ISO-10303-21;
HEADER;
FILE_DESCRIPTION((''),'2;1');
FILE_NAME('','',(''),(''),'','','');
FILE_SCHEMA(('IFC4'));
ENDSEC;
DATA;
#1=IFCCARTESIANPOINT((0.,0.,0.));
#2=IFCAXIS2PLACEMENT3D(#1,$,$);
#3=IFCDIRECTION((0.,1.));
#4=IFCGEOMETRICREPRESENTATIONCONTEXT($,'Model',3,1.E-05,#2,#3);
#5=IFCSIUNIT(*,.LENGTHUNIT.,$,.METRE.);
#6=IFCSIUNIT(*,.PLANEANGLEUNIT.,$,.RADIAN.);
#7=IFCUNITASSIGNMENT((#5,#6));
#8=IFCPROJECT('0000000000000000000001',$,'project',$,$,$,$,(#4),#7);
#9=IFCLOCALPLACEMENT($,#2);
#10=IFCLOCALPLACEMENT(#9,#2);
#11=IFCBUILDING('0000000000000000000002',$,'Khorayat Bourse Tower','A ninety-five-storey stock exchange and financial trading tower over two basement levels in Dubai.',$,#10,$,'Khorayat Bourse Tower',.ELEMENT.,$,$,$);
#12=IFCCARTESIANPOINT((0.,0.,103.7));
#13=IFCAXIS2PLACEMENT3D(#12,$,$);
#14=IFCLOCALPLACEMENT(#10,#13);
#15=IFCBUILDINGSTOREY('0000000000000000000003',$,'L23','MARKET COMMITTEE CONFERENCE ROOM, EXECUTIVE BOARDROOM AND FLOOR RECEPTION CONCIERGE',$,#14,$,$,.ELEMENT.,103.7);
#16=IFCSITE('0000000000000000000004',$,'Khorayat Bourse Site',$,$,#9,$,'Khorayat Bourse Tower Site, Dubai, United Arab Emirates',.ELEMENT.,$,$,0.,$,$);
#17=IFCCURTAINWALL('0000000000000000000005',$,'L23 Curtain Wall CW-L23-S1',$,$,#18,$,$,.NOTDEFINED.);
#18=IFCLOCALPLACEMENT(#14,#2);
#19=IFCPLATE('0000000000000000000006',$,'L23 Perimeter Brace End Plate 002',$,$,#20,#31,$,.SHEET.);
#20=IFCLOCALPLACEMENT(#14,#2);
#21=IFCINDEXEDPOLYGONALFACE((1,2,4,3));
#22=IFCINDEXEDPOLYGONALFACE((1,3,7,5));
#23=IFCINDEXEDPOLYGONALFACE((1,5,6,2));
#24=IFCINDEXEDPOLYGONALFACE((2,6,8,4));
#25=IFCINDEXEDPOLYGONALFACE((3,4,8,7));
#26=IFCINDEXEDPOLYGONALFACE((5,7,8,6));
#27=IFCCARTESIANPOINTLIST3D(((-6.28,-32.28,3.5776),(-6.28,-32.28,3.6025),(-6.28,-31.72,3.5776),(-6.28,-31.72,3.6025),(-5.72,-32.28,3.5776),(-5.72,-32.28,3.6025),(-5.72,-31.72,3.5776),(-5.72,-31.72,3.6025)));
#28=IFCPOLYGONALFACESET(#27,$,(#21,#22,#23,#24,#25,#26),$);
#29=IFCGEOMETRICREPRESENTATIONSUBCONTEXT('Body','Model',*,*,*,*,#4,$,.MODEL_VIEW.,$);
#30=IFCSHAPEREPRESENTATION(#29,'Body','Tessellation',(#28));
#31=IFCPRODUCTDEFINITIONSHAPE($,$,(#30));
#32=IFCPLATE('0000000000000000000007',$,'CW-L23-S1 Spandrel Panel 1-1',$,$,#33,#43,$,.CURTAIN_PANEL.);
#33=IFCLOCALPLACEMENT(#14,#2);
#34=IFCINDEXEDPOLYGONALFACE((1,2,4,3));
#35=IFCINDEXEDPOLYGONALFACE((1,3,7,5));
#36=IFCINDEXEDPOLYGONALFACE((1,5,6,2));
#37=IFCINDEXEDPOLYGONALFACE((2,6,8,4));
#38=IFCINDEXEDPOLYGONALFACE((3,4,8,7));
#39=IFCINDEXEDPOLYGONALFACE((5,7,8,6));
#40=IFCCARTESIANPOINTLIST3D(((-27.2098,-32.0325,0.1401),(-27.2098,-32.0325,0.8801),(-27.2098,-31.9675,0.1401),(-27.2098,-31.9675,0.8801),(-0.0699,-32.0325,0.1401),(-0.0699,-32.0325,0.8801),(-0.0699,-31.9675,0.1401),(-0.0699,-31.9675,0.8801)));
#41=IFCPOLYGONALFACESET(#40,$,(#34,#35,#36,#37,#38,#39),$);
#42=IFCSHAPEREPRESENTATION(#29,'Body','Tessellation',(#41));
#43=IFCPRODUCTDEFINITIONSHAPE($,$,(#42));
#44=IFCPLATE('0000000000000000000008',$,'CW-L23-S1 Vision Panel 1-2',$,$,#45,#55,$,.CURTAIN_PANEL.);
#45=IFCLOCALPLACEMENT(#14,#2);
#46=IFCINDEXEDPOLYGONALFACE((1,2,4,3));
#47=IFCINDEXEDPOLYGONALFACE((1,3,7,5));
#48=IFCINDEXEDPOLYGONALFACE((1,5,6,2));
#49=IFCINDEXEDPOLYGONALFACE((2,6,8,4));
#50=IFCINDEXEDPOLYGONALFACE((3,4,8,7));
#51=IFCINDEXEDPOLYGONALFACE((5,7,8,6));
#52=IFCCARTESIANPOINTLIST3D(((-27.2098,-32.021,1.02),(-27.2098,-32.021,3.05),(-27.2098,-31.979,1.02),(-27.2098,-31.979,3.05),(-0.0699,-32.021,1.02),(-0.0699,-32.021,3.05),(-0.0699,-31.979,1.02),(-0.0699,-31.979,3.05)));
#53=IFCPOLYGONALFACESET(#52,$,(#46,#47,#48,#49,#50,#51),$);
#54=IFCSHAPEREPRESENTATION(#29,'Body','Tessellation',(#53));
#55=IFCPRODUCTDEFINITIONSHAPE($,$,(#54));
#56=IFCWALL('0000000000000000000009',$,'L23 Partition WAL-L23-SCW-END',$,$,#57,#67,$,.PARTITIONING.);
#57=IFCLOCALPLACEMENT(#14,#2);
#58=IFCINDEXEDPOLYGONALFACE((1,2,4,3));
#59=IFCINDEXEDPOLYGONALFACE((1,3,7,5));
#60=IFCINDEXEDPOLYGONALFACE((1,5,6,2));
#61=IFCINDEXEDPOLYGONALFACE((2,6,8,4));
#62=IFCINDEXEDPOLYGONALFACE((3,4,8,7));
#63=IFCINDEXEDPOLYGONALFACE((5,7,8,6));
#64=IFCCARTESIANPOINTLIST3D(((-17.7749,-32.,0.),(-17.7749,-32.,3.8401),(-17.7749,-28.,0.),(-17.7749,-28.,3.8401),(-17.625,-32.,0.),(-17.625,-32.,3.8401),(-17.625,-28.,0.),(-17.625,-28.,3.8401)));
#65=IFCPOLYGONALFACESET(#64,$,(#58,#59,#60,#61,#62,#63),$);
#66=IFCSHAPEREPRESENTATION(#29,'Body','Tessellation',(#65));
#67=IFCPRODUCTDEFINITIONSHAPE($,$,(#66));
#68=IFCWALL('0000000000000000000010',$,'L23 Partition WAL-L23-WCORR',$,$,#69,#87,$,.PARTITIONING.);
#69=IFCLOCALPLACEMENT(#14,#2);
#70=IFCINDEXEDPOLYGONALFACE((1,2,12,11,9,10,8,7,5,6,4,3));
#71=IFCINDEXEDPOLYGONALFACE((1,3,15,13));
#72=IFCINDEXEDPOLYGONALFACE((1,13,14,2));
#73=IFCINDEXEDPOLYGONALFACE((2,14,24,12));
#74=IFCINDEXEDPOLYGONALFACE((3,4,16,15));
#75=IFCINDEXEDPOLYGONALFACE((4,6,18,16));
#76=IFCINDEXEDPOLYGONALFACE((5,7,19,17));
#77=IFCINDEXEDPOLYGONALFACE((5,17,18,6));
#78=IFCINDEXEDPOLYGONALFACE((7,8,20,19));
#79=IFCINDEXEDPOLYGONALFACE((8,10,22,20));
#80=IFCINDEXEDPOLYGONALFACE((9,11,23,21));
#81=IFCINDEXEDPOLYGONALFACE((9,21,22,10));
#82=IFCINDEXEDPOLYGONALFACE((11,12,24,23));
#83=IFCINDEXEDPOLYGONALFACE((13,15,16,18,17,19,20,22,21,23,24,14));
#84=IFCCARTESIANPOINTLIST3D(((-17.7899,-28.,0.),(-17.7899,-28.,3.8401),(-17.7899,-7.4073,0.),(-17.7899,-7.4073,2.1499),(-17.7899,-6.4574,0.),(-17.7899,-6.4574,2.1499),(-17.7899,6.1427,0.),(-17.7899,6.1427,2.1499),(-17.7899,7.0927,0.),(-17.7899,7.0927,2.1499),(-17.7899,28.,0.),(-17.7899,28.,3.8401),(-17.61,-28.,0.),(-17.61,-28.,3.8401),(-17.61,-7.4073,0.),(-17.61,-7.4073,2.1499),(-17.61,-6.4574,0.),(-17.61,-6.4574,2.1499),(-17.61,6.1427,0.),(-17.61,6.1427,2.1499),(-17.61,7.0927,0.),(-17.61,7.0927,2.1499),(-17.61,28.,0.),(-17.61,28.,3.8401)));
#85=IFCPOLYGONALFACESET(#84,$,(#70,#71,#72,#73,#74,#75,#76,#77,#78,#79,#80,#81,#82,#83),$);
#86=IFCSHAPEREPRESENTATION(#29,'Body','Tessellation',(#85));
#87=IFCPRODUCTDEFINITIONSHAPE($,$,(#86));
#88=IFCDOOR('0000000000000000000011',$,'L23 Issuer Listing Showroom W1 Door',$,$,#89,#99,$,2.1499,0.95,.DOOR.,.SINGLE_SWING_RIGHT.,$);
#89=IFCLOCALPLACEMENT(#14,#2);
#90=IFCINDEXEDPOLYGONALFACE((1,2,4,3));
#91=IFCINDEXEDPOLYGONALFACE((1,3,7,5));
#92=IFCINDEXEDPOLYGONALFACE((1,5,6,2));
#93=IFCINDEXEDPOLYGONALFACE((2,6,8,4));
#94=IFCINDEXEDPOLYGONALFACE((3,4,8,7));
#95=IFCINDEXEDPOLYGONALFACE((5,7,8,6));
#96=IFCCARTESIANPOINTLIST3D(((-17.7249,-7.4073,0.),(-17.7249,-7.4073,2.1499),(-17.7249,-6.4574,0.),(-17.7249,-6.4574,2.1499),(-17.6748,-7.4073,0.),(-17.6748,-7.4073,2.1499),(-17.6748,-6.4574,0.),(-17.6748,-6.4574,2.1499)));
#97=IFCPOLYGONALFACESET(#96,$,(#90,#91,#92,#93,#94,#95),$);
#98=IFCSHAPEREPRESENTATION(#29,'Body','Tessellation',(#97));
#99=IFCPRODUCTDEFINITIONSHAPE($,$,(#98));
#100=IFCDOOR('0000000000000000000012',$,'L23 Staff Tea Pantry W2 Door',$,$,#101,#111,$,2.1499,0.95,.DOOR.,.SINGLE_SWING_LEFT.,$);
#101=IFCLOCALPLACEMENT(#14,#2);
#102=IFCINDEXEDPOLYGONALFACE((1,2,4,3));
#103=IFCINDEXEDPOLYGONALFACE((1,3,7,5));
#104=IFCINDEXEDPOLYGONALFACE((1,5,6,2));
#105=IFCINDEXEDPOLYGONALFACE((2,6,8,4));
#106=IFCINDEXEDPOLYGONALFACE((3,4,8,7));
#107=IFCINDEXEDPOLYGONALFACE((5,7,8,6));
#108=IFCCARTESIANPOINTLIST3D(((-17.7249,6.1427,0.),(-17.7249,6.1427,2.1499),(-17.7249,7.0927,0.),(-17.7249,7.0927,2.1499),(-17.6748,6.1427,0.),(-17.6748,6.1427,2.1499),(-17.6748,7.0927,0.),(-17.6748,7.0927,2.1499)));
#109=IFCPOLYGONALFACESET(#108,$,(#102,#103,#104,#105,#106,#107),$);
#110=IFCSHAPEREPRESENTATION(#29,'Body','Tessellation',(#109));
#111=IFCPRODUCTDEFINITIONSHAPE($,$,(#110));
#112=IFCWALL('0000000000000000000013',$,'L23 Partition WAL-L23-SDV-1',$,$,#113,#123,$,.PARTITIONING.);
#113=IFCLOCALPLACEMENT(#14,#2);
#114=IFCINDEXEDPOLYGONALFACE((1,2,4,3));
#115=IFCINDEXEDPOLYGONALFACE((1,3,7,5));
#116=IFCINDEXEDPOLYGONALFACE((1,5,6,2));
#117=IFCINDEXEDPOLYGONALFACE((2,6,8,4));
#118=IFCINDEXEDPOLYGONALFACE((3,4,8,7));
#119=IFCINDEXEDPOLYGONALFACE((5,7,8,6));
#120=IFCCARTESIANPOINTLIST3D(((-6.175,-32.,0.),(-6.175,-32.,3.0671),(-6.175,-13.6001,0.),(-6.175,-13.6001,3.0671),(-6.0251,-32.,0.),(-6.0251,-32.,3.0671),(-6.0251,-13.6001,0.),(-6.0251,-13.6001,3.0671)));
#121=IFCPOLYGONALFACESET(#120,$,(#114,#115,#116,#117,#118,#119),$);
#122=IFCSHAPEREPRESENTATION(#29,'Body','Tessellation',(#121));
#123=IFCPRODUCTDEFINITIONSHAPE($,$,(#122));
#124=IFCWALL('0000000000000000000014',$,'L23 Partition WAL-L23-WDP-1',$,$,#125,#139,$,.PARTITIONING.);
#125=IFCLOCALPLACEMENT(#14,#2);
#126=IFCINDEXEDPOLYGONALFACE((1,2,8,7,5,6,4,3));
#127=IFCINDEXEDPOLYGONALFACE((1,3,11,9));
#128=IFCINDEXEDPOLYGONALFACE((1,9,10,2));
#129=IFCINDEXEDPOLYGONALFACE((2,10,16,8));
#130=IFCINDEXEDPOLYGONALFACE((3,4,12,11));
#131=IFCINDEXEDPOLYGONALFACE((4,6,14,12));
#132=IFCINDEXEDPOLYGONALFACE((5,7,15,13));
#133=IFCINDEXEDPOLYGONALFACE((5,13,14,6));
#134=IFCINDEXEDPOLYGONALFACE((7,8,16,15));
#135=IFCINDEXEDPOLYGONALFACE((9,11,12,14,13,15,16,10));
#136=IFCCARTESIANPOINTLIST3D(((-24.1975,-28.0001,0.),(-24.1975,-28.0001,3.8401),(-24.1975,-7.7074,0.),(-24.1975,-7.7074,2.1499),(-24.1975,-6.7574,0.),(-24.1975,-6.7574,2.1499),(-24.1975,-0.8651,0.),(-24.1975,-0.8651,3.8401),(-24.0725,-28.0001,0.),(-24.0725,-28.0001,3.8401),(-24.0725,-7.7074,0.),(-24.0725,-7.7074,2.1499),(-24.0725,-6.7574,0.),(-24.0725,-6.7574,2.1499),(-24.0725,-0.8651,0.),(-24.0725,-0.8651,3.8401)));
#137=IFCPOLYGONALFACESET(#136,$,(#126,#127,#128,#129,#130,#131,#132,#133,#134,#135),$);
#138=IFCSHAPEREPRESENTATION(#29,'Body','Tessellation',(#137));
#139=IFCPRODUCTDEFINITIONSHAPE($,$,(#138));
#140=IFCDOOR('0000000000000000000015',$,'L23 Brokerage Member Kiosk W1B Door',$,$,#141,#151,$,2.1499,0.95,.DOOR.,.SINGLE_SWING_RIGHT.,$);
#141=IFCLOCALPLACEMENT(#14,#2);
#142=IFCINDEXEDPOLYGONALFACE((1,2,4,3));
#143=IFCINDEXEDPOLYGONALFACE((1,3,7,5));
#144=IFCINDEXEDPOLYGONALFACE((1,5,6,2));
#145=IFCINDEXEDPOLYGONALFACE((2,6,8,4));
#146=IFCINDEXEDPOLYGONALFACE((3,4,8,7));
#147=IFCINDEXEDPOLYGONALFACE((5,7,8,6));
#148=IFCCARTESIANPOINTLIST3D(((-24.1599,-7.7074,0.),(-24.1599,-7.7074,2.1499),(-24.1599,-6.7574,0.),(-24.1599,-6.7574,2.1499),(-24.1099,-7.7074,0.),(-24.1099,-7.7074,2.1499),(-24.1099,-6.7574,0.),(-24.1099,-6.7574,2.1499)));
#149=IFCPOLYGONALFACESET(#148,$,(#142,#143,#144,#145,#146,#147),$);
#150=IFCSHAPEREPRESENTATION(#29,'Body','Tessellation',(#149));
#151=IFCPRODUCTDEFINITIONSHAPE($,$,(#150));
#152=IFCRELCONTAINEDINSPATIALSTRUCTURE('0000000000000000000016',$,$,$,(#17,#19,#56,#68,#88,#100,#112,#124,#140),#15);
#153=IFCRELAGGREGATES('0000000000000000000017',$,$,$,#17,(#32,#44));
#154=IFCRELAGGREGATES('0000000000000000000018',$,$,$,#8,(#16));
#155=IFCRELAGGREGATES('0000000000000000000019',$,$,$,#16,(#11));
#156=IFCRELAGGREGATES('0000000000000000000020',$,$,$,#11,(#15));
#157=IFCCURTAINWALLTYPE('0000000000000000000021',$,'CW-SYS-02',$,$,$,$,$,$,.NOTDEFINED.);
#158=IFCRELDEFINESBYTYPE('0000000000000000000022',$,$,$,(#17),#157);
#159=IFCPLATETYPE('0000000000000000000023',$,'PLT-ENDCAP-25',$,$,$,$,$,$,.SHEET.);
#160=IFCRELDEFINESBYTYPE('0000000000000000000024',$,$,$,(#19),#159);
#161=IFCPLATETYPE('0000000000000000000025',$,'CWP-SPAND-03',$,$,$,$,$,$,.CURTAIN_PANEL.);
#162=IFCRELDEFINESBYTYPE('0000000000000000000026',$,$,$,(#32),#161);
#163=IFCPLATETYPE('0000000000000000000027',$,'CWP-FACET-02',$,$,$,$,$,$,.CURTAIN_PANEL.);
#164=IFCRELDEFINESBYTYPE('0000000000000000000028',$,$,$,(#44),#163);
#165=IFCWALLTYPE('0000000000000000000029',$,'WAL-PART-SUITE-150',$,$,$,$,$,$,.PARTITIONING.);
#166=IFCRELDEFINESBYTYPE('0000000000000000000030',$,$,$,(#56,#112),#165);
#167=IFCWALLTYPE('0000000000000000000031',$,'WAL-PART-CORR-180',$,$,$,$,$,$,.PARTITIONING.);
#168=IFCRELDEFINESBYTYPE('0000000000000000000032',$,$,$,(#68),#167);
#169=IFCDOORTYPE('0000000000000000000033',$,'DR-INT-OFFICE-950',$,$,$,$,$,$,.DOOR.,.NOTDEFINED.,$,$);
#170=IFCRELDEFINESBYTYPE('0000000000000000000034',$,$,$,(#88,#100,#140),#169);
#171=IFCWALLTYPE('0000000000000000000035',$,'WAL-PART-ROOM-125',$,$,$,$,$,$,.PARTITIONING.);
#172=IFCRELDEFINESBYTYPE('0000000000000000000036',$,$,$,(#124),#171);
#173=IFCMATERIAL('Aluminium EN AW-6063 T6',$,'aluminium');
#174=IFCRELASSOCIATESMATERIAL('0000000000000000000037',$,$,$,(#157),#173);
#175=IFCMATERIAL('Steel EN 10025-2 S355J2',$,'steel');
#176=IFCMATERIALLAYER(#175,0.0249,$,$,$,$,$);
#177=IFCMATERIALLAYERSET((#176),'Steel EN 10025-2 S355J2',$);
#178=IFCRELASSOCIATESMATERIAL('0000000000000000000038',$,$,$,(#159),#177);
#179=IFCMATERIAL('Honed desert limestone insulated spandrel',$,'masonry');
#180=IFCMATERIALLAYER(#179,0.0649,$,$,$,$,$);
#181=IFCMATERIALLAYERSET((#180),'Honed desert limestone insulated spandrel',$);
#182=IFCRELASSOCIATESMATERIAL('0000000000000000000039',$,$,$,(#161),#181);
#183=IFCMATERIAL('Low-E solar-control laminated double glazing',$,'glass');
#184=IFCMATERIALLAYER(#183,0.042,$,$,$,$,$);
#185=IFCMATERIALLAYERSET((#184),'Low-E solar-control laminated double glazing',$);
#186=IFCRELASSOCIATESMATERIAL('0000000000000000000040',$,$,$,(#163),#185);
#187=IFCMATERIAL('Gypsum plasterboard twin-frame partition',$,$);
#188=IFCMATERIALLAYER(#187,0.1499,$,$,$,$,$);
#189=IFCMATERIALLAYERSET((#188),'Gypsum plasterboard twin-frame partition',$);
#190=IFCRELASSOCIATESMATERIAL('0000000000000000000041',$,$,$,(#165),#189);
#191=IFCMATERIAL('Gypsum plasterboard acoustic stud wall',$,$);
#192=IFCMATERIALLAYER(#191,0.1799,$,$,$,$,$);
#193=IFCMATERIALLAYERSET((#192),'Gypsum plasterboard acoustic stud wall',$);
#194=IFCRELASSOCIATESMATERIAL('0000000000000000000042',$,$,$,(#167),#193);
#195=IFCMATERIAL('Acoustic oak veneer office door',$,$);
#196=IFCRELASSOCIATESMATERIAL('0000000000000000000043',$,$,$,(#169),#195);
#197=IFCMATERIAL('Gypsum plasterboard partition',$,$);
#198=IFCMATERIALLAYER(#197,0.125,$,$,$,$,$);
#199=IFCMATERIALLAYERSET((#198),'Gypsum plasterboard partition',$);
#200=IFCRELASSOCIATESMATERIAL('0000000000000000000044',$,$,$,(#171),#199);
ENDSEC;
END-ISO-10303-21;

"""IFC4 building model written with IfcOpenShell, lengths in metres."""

from ifc_helpers import new_model, si_unit, direction, frame, frame_2d, origin, origin_2d, place, context, subcontext, project, spatial, rectangle, extrude, source, transform, mapped, material, layer, layer_set, type_object, element, fill, aggregate, save


model = new_model("IFC4")

# Units and contexts
model_context = context("Model", 3, precision=1e-05, world=origin(), true_north=direction((0.0, 1.0)))
body_context = subcontext(model_context, "Body", "Model", "MODEL_VIEW")
ifc_project = project(units=[si_unit("LENGTHUNIT", "METRE"), si_unit("PLANEANGLEUNIT", "RADIAN")], contexts=[model_context])

# Site, building, storey
site_placement = place(None, origin())
site = spatial("IfcSite", under=ifc_project, at=site_placement, Name="Khorayat Bourse Site", LongName="Khorayat Bourse Tower Site, Dubai, United Arab Emirates", CompositionType="ELEMENT", RefElevation=0.0)
building_placement = place(site_placement, origin())
building = spatial("IfcBuilding", under=site, at=building_placement, Name="Khorayat Bourse Tower", Description="A ninety-five-storey stock exchange and financial trading tower over two basement levels in Dubai.", LongName="Khorayat Bourse Tower", CompositionType="ELEMENT")
storey_placement = place(building_placement, frame((0.0, 0.0, 103.7)))
storey = spatial("IfcBuildingStorey", under=building, at=storey_placement, Name="L23", Description="MARKET COMMITTEE CONFERENCE ROOM, EXECUTIVE BOARDROOM AND FLOOR RECEPTION CONCIERGE", CompositionType="ELEMENT", Elevation=103.7)

# Curtain wall
ifc_material_1 = material(Name="Aluminium EN AW-6063 T6", Category="aluminium")
curtain_wall_type = type_object("IfcCurtainWallType", Name="CW-SYS-02", PredefinedType="NOTDEFINED", material=ifc_material_1)
curtain_wall_placement = place(storey_placement, origin())
curtain_wall = element("IfcCurtainWall", 1, at=curtain_wall_placement, inside=storey, type_object=curtain_wall_type, Name="L23 Curtain Wall CW-L23-S1", PredefinedType="NOTDEFINED")

# Plate
ifc_material_2 = material(Name="Steel EN 10025-2 S355J2", Category="steel")
ifc_layer_1 = layer(ifc_material_2, 0.0249)
ifc_layer_set_1 = layer_set([ifc_layer_1], Name="Steel EN 10025-2 S355J2")
plate_type_1 = type_object("IfcPlateType", Name="PLT-ENDCAP-25", PredefinedType="SHEET", material=ifc_layer_set_1)
shared_shape_1 = source(origin(), body_context, "Body", "SweptSolid", [
    extrude(rectangle(XDim=0.5601, YDim=0.5601, at=origin_2d()), origin(), (0.0, 0.0, 1.0), 0.0249),
])
for number, where, z_axis, x_axis, name in (
    (2, (-6.0, -32.0, 3.5776), (0.0, 0.0, 1.0), (1.0, 0.0, 0.0), "L23 Perimeter Brace End Plate 002"),
):
    element("IfcPlate", number, at=place(storey_placement, frame(where, z_axis=z_axis, x_axis=x_axis)), inside=storey, type_object=plate_type_1, Name=name, PredefinedType="SHEET", context=body_context, shape_type="MappedRepresentation", body=[
        mapped(shared_shape_1, transform((0.0, 0.0, 0.0), scale=1.0)),
    ])

# Plates
ifc_material_3 = material(Name="Honed desert limestone insulated spandrel", Category="masonry")
ifc_layer_2 = layer(ifc_material_3, 0.0649)
ifc_layer_set_2 = layer_set([ifc_layer_2], Name="Honed desert limestone insulated spandrel")
plate_type_2 = type_object("IfcPlateType", Name="CWP-SPAND-03", PredefinedType="CURTAIN_PANEL", material=ifc_layer_set_2)
shared_shape_2 = source(origin(), body_context, "Body", "SweptSolid", [
    extrude(rectangle(XDim=27.1399, YDim=0.0649, at=origin_2d()), origin(), (0.0, 0.0, 1.0), 0.74),
])
plate_1_placement = place(storey_placement, frame((-13.6399, -32.0, 0.1401), z_axis=(0.0, 0.0, 1.0), x_axis=(1.0, 0.0, 0.0)))
plate_1 = element("IfcPlate", 3, at=plate_1_placement, type_object=plate_type_2, Name="CW-L23-S1 Spandrel Panel 1-1", PredefinedType="CURTAIN_PANEL", context=body_context, shape_type="MappedRepresentation", body=[
    mapped(shared_shape_2, transform((0.0, 0.0, 0.0), scale=1.0)),
])
ifc_material_4 = material(Name="Low-E solar-control laminated double glazing", Category="glass")
ifc_layer_3 = layer(ifc_material_4, 0.042)
ifc_layer_set_3 = layer_set([ifc_layer_3], Name="Low-E solar-control laminated double glazing")
plate_type_3 = type_object("IfcPlateType", Name="CWP-FACET-02", PredefinedType="CURTAIN_PANEL", material=ifc_layer_set_3)
shared_shape_3 = source(origin(), body_context, "Body", "SweptSolid", [
    extrude(rectangle(XDim=27.1399, YDim=0.042, at=origin_2d()), origin(), (0.0, 0.0, 1.0), 2.03),
])
plate_2_placement = place(storey_placement, frame((-13.6399, -32.0, 1.02), z_axis=(0.0, 0.0, 1.0), x_axis=(1.0, 0.0, 0.0)))
plate_2 = element("IfcPlate", 4, at=plate_2_placement, type_object=plate_type_3, Name="CW-L23-S1 Vision Panel 1-2", PredefinedType="CURTAIN_PANEL", context=body_context, shape_type="MappedRepresentation", body=[
    mapped(shared_shape_3, transform((0.0, 0.0, 0.0), scale=1.0)),
])
aggregate(curtain_wall, [plate_1, plate_2])

# Wall
ifc_material_5 = material(Name="Gypsum plasterboard twin-frame partition")
ifc_layer_4 = layer(ifc_material_5, 0.1499)
ifc_layer_set_4 = layer_set([ifc_layer_4], Name="Gypsum plasterboard twin-frame partition")
wall_type_1 = type_object("IfcWallType", Name="WAL-PART-SUITE-150", PredefinedType="PARTITIONING", material=ifc_layer_set_4)
shared_shape_4 = source(origin(), body_context, "Body", "SweptSolid", [
    extrude(rectangle(XDim=4.0, YDim=0.1499, at=frame_2d((2.0, 0.0))), origin(), (0.0, 0.0, 1.0), 3.8401),
])
wall_1_placement = place(storey_placement, frame((-17.7, -32.0, 0.0), z_axis=(0.0, 0.0, 1.0), x_axis=(0.0, 1.0, 0.0)))
element("IfcWall", 5, at=wall_1_placement, inside=storey, type_object=wall_type_1, Name="L23 Partition WAL-L23-SCW-END", PredefinedType="PARTITIONING", context=body_context, shape_type="MappedRepresentation", body=[
    mapped(shared_shape_4, transform((0.0, 0.0, 0.0), scale=1.0)),
])

# Wall, openings, doors
ifc_material_6 = material(Name="Gypsum plasterboard acoustic stud wall")
ifc_layer_5 = layer(ifc_material_6, 0.1799)
ifc_layer_set_5 = layer_set([ifc_layer_5], Name="Gypsum plasterboard acoustic stud wall")
wall_type_2 = type_object("IfcWallType", Name="WAL-PART-CORR-180", PredefinedType="PARTITIONING", material=ifc_layer_set_5)
shared_shape_5 = source(origin(), body_context, "Body", "SweptSolid", [
    extrude(rectangle(XDim=56.0, YDim=0.1799, at=frame_2d((28.0, 0.0))), origin(), (0.0, 0.0, 1.0), 3.8401),
])
wall_2_placement = place(storey_placement, frame((-17.7, -28.0, 0.0), z_axis=(0.0, 0.0, 1.0), x_axis=(0.0, 1.0, 0.0)))
wall_2 = element("IfcWall", 6, at=wall_2_placement, inside=storey, type_object=wall_type_2, Name="L23 Partition WAL-L23-WCORR", PredefinedType="PARTITIONING", context=body_context, shape_type="MappedRepresentation", body=[
    mapped(shared_shape_5, transform((0.0, 0.0, 0.0), scale=1.0)),
])
shared_shape_6 = source(origin(), body_context, "Body", "SweptSolid", [
    extrude(rectangle(XDim=0.95, YDim=2.1499, at=frame_2d((0.4751, 1.075))), frame((0.0, 0.0999, 0.0), z_axis=(0.0, -1.0, 0.0), x_axis=(1.0, 0.0, 0.0)), (0.0, 0.0, 1.0), 0.2),
])
opening_1_placement = place(wall_2_placement, frame((20.5925, 0.0, 0.0)))
opening_1 = element("IfcOpeningElement", 7, at=opening_1_placement, cuts=wall_2, PredefinedType="OPENING", context=body_context, shape_type="MappedRepresentation", body=[
    mapped(shared_shape_6, transform((0.0, 0.0, 0.0), scale=1.0)),
])
opening_2_placement = place(wall_2_placement, frame((34.1426, 0.0, 0.0)))
opening_2 = element("IfcOpeningElement", 8, at=opening_2_placement, cuts=wall_2, PredefinedType="OPENING", context=body_context, shape_type="MappedRepresentation", body=[
    mapped(shared_shape_6, transform((0.0, 0.0, 0.0), scale=1.0)),
])
ifc_material_7 = material(Name="Acoustic oak veneer office door")
door_type = type_object("IfcDoorType", Name="DR-INT-OFFICE-950", OperationType="NOTDEFINED", PredefinedType="DOOR", material=ifc_material_7)
shared_shape_7 = source(origin(), body_context, "Body", "SweptSolid", [
    extrude(rectangle(XDim=0.95, YDim=2.1499, at=frame_2d((0.4751, 1.075))), frame((0.0, 0.0249, 0.0), z_axis=(0.0, -1.0, 0.0), x_axis=(1.0, 0.0, 0.0)), (0.0, 0.0, 1.0), 0.05),
])
door_1_placement = place(opening_1_placement, origin())
door_1 = element("IfcDoor", 9, at=door_1_placement, inside=storey, type_object=door_type, Name="L23 Issuer Listing Showroom W1 Door", OperationType="SINGLE_SWING_RIGHT", OverallHeight=2.1499, OverallWidth=0.95, PredefinedType="DOOR", context=body_context, shape_type="MappedRepresentation", body=[
    mapped(shared_shape_7, transform((0.0, 0.0, 0.0), scale=1.0)),
])
fill(opening_1, door_1)
door_2_placement = place(opening_2_placement, origin())
door_2 = element("IfcDoor", 10, at=door_2_placement, inside=storey, type_object=door_type, Name="L23 Staff Tea Pantry W2 Door", OperationType="SINGLE_SWING_LEFT", OverallHeight=2.1499, OverallWidth=0.95, PredefinedType="DOOR", context=body_context, shape_type="MappedRepresentation", body=[
    mapped(shared_shape_7, transform((0.0, 0.0, 0.0), scale=1.0)),
])
fill(opening_2, door_2)

# Wall
shared_shape_8 = source(origin(), body_context, "Body", "SweptSolid", [
    extrude(rectangle(XDim=18.3999, YDim=0.1499, at=frame_2d((9.2, 0.0))), origin(), (0.0, 0.0, 1.0), 3.0671),
])
wall_3_placement = place(storey_placement, frame((-6.1001, -32.0, 0.0), z_axis=(0.0, 0.0, 1.0), x_axis=(0.0, 1.0, 0.0)))
element("IfcWall", 11, at=wall_3_placement, inside=storey, type_object=wall_type_1, Name="L23 Partition WAL-L23-SDV-1", PredefinedType="PARTITIONING", context=body_context, shape_type="MappedRepresentation", body=[
    mapped(shared_shape_8, transform((0.0, 0.0, 0.0), scale=1.0)),
])

# Wall, opening, door
ifc_material_8 = material(Name="Gypsum plasterboard partition")
ifc_layer_6 = layer(ifc_material_8, 0.125)
ifc_layer_set_6 = layer_set([ifc_layer_6], Name="Gypsum plasterboard partition")
wall_type_3 = type_object("IfcWallType", Name="WAL-PART-ROOM-125", PredefinedType="PARTITIONING", material=ifc_layer_set_6)
shared_shape_9 = source(origin(), body_context, "Body", "SweptSolid", [
    extrude(rectangle(XDim=27.135, YDim=0.125, at=frame_2d((13.5674, 0.0))), origin(), (0.0, 0.0, 1.0), 3.8401),
])
wall_4_placement = place(storey_placement, frame((-24.135, -28.0, 0.0), z_axis=(0.0, 0.0, 1.0), x_axis=(0.0, 1.0, 0.0)))
wall_4 = element("IfcWall", 12, at=wall_4_placement, inside=storey, type_object=wall_type_3, Name="L23 Partition WAL-L23-WDP-1", PredefinedType="PARTITIONING", context=body_context, shape_type="MappedRepresentation", body=[
    mapped(shared_shape_9, transform((0.0, 0.0, 0.0), scale=1.0)),
])
shared_shape_10 = source(origin(), body_context, "Body", "SweptSolid", [
    extrude(rectangle(XDim=0.95, YDim=2.1499, at=frame_2d((0.4751, 1.075))), frame((0.0, 0.0725, 0.0), z_axis=(0.0, -1.0, 0.0), x_axis=(1.0, 0.0, 0.0)), (0.0, 0.0, 1.0), 0.145),
])
opening_3_placement = place(wall_4_placement, frame((20.2925, 0.0, 0.0)))
opening_3 = element("IfcOpeningElement", 13, at=opening_3_placement, cuts=wall_4, PredefinedType="OPENING", context=body_context, shape_type="MappedRepresentation", body=[
    mapped(shared_shape_10, transform((0.0, 0.0, 0.0), scale=1.0)),
])
door_3_placement = place(opening_3_placement, origin())
door_3 = element("IfcDoor", 14, at=door_3_placement, inside=storey, type_object=door_type, Name="L23 Brokerage Member Kiosk W1B Door", OperationType="SINGLE_SWING_RIGHT", OverallHeight=2.1499, OverallWidth=0.95, PredefinedType="DOOR", context=body_context, shape_type="MappedRepresentation", body=[
    mapped(shared_shape_7, transform((0.0, 0.0, 0.0), scale=1.0)),
])
fill(opening_3, door_3)

save(model, "model.ifc")
